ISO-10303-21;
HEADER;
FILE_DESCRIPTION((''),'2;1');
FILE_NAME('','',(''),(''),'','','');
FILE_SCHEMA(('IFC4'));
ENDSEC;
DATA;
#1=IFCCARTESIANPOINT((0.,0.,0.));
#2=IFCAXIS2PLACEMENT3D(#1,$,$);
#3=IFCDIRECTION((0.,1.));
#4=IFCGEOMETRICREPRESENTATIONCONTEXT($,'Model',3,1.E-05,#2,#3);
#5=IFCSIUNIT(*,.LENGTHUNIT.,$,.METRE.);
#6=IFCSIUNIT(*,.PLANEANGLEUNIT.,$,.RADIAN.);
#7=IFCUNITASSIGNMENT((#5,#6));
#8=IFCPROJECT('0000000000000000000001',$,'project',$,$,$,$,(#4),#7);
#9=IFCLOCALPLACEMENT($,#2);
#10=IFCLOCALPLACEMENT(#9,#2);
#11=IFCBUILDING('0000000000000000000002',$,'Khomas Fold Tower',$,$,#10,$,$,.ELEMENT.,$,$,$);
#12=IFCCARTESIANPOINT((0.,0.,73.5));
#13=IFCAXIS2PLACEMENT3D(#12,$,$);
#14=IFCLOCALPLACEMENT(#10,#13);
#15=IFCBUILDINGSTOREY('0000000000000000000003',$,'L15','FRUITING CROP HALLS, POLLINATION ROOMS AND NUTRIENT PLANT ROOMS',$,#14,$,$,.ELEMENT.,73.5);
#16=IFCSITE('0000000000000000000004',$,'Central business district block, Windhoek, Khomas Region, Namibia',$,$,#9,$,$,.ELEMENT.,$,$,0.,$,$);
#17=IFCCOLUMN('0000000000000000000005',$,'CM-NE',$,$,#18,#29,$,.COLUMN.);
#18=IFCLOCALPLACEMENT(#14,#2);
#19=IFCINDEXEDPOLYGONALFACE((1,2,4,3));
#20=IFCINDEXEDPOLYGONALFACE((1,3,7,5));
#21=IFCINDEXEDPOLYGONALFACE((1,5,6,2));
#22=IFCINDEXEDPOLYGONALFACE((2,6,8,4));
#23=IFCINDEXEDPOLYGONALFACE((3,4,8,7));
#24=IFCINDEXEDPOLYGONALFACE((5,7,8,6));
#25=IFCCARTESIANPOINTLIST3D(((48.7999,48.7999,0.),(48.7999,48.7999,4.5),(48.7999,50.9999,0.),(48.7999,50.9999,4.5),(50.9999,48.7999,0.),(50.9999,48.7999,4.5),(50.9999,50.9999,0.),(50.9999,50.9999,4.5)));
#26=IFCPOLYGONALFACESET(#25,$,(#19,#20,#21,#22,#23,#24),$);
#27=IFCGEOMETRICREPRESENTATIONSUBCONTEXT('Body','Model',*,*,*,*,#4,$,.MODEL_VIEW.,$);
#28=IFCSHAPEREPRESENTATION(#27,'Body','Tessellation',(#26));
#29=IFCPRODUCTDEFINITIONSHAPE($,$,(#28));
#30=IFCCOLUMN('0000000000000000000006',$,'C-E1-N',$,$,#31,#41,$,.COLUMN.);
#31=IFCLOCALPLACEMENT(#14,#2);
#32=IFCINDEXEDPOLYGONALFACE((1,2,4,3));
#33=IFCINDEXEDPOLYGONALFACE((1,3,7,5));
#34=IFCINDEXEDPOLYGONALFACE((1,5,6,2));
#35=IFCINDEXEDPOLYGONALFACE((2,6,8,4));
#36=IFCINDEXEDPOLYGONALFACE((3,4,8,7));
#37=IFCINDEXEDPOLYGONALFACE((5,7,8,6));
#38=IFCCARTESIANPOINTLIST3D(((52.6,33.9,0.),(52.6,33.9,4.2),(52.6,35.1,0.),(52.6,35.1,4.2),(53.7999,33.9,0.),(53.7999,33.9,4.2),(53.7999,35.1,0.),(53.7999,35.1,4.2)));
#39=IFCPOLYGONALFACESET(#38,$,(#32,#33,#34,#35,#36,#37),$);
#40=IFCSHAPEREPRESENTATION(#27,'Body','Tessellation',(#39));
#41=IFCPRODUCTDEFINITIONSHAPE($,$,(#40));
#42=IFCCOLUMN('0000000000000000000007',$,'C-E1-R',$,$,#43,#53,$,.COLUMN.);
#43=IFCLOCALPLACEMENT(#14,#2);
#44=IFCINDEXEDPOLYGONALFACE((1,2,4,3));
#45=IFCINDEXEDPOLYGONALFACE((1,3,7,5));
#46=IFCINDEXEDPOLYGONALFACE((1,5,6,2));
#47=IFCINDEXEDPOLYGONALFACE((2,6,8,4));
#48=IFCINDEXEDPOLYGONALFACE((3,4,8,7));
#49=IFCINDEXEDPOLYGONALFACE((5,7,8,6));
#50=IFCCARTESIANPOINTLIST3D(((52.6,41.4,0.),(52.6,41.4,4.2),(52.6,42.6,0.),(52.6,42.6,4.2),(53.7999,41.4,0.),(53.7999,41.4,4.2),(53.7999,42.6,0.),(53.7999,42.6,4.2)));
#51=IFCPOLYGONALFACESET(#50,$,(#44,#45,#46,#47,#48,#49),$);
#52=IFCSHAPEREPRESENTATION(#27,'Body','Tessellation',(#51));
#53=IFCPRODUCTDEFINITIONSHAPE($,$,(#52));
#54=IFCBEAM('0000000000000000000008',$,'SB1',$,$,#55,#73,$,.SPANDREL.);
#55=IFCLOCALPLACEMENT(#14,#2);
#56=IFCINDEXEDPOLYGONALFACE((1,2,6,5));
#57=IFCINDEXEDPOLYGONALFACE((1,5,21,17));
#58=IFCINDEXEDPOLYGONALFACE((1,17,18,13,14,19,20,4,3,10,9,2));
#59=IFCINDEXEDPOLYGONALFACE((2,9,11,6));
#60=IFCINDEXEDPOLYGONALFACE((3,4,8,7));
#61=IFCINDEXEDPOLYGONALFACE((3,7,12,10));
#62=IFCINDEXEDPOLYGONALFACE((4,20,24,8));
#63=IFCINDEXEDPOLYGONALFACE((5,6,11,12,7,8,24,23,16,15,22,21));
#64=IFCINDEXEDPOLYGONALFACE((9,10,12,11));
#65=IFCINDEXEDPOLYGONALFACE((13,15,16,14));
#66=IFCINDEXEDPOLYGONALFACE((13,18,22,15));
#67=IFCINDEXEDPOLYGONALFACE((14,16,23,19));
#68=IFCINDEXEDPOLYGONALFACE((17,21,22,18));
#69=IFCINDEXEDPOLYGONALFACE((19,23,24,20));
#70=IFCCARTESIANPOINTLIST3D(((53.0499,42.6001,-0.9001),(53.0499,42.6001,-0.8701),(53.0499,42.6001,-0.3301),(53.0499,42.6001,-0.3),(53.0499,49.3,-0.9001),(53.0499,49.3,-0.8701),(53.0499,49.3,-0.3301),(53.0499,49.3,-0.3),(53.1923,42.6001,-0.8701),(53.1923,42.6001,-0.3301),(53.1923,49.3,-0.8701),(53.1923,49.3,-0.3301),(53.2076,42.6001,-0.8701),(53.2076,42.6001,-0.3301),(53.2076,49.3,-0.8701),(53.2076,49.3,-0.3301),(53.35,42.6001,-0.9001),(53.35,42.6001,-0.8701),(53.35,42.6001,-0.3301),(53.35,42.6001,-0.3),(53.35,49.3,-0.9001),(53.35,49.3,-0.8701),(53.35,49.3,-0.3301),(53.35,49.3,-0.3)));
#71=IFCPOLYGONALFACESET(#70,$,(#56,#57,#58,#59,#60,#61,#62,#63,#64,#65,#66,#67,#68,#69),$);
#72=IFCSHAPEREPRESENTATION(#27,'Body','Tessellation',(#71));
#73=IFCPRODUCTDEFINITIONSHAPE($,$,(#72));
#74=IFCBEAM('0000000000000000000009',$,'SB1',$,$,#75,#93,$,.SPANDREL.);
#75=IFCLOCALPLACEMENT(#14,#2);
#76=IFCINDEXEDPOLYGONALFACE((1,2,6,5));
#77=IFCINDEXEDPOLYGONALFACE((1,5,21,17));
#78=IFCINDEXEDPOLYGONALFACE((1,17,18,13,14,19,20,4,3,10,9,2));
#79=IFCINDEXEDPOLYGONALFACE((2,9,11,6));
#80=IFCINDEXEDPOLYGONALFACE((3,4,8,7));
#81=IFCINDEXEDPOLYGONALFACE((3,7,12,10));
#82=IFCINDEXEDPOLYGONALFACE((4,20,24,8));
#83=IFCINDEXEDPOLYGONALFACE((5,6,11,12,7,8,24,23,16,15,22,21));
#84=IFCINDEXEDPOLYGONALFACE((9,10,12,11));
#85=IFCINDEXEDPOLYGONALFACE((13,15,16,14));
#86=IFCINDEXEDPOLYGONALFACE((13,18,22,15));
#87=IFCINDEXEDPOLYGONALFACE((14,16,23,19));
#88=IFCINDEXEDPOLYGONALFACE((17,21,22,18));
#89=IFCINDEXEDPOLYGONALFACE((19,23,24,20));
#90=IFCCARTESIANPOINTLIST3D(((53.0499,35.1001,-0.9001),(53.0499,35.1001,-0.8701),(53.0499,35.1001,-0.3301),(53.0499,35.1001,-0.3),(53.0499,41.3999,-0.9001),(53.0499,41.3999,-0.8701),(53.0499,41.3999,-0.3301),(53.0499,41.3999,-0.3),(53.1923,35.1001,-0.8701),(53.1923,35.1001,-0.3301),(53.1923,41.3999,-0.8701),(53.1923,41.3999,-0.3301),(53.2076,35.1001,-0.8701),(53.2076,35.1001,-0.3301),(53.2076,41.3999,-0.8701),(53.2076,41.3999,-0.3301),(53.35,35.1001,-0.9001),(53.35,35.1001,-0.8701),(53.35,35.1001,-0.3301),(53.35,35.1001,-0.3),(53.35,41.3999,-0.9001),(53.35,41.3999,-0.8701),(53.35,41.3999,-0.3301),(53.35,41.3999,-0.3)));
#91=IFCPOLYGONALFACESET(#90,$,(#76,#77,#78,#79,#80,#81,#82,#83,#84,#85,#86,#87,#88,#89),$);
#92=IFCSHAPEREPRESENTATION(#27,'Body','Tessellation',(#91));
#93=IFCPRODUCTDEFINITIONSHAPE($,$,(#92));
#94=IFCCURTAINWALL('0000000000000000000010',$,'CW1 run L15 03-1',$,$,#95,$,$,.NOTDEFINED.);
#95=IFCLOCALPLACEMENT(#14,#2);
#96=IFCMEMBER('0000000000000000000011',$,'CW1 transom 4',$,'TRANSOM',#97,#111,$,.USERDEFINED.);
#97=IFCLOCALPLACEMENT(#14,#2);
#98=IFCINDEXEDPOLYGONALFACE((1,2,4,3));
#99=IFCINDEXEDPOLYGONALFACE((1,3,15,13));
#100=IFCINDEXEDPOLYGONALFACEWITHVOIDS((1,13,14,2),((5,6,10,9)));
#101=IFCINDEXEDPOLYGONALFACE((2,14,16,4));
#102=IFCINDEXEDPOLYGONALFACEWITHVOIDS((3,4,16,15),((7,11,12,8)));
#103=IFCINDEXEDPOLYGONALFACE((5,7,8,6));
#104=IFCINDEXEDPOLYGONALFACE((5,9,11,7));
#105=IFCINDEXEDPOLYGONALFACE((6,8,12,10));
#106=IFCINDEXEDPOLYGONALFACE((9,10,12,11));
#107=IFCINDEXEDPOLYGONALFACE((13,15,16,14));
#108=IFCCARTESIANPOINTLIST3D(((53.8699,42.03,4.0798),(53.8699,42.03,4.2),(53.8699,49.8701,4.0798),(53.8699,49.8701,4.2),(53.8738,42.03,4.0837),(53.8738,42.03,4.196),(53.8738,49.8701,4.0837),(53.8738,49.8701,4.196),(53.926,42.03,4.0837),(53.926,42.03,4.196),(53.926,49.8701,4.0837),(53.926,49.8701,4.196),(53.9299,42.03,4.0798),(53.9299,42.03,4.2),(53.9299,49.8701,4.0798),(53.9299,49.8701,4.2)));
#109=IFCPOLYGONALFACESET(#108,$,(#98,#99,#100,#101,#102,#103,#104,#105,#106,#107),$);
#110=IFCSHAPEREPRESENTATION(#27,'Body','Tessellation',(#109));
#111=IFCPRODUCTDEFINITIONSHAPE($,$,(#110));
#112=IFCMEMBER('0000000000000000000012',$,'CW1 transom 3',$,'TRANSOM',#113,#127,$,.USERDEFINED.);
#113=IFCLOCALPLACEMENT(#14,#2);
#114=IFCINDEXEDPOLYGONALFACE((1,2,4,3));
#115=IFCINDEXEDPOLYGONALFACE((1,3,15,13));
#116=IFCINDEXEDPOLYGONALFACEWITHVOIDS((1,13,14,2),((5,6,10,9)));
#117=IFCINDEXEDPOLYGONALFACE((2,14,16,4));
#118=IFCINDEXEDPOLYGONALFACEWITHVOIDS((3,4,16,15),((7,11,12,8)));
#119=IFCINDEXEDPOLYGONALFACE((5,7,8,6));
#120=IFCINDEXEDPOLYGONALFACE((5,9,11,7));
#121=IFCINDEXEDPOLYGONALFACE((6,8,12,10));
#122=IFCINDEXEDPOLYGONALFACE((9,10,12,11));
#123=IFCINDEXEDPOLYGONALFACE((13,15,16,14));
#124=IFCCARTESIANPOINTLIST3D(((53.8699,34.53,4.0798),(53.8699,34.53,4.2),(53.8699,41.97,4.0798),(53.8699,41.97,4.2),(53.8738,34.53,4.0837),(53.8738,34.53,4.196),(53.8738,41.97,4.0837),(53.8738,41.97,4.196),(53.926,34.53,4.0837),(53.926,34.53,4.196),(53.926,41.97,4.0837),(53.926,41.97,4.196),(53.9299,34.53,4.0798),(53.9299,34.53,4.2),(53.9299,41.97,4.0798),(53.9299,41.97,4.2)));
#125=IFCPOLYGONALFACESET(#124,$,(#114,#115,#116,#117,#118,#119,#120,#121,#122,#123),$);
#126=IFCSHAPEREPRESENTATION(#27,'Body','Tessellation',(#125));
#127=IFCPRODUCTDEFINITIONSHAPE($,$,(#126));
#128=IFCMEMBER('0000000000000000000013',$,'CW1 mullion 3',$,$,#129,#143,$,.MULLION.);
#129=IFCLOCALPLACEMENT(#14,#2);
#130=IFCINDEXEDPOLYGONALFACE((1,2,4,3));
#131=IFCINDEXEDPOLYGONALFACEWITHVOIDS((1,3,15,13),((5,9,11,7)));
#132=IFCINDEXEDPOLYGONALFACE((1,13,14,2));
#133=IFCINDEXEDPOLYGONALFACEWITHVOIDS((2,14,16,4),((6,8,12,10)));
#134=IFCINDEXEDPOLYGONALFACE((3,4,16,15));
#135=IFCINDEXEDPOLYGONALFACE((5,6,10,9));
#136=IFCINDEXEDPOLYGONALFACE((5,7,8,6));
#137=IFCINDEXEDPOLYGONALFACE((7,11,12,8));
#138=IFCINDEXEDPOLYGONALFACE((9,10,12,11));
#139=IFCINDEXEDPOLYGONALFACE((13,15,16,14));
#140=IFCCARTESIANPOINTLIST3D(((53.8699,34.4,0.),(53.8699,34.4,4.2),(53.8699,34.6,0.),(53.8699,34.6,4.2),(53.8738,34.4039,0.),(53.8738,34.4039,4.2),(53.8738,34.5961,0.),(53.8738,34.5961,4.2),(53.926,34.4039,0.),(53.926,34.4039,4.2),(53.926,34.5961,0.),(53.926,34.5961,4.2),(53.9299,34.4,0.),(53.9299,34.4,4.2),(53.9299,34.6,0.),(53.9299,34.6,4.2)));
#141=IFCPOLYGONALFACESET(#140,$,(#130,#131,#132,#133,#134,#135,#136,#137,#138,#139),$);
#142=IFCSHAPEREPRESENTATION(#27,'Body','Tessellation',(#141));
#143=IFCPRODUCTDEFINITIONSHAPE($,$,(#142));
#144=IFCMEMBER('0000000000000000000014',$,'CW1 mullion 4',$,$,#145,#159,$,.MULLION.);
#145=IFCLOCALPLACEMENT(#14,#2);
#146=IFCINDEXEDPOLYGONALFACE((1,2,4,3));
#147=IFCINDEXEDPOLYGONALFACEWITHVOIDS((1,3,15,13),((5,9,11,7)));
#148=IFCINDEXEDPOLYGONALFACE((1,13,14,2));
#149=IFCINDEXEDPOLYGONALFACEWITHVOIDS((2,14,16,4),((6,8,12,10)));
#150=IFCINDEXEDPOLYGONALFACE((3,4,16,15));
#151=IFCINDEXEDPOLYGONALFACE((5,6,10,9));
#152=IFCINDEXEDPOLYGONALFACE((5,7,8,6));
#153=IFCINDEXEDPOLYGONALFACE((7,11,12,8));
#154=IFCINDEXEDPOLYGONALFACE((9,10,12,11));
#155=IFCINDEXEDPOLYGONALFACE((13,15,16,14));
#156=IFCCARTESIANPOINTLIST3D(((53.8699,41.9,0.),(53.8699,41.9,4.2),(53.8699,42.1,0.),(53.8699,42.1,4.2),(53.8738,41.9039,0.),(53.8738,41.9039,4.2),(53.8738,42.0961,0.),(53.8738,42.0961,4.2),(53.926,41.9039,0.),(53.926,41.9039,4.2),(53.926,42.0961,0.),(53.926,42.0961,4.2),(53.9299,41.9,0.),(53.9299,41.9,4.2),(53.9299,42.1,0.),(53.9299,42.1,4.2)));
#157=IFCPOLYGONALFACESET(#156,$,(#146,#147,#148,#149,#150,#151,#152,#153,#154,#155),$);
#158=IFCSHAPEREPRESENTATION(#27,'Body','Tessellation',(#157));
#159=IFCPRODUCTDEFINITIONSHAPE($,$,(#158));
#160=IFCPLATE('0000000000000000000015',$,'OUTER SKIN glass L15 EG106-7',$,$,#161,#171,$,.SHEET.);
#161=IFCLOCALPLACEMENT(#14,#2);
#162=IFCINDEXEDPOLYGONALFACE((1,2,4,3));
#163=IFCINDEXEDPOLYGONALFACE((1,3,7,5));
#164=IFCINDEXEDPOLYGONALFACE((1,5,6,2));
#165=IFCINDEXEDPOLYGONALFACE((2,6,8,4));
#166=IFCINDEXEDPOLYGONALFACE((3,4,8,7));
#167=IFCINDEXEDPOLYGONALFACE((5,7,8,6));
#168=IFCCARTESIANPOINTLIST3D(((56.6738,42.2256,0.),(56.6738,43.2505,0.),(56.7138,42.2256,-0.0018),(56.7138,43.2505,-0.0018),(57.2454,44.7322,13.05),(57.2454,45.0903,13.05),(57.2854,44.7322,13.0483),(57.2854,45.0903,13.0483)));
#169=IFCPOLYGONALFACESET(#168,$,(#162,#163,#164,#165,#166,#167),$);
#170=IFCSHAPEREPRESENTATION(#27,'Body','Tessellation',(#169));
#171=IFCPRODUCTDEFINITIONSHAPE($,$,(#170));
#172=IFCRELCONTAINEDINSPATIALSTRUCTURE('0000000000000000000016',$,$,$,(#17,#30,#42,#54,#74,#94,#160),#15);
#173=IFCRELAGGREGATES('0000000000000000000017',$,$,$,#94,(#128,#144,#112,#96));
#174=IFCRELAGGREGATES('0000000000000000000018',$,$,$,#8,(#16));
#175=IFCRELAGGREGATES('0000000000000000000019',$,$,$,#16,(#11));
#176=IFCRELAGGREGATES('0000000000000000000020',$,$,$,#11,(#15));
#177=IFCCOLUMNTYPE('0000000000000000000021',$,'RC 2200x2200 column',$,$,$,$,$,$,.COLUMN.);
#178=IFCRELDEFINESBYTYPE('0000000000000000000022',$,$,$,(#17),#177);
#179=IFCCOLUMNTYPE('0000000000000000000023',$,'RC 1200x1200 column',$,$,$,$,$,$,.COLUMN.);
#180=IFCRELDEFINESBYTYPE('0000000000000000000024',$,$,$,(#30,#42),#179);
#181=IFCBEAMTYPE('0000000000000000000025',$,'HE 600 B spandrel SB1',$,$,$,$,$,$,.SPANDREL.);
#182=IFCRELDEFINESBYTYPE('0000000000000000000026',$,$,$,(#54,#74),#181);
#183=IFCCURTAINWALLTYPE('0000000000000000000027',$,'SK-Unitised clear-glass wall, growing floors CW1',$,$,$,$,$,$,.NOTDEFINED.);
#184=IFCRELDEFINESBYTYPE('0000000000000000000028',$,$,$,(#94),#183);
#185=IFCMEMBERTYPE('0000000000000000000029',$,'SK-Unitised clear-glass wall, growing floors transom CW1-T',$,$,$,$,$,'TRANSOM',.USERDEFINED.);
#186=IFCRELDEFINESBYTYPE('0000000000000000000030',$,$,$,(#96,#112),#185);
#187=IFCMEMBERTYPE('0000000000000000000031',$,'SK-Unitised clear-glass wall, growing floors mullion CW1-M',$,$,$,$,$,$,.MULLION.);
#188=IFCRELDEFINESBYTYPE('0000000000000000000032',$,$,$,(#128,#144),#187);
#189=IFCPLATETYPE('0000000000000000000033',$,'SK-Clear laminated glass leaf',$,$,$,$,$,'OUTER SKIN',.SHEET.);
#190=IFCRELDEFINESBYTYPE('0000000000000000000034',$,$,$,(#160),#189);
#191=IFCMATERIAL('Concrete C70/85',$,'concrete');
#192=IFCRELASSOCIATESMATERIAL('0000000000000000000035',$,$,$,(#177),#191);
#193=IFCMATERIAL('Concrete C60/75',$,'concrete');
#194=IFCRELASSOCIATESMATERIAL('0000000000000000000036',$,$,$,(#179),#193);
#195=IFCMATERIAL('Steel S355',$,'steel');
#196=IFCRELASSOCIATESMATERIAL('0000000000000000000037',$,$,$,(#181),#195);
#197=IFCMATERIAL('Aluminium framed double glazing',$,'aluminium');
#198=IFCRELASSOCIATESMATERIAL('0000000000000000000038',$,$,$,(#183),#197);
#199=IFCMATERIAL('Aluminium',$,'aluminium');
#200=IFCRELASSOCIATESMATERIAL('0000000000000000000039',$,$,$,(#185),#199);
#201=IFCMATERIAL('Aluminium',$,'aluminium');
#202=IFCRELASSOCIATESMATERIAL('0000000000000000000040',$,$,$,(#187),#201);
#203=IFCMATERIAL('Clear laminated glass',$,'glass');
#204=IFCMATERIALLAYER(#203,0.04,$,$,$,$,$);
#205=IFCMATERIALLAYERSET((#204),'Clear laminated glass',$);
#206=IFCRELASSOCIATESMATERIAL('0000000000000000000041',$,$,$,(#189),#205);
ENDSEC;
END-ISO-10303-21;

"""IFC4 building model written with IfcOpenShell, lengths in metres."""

from ifc_helpers import new_model, si_unit, direction, frame, origin, origin_2d, place, context, subcontext, project, spatial, polyline, rectangle, hollow_rectangle, i_section, outline, extrude, source, transform, mapped, material, layer, layer_set, material_profile, profile_set, type_object, element, aggregate, save


model = new_model("IFC4")

# Units and contexts
model_context = context("Model", 3, precision=1e-05, world=origin(), true_north=direction((0.0, 1.0)))
body_context = subcontext(model_context, "Body", "Model", "MODEL_VIEW")
ifc_project = project(units=[si_unit("LENGTHUNIT", "METRE"), si_unit("PLANEANGLEUNIT", "RADIAN")], contexts=[model_context])

# Site, building, storey
site_placement = place(None, origin())
site = spatial("IfcSite", under=ifc_project, at=site_placement, Name="Central business district block, Windhoek, Khomas Region, Namibia", CompositionType="ELEMENT", RefElevation=0.0)
building_placement = place(site_placement, origin())
building = spatial("IfcBuilding", under=site, at=building_placement, Name="Khomas Fold Tower", CompositionType="ELEMENT")
storey_placement = place(building_placement, frame((0.0, 0.0, 73.5)))
storey = spatial("IfcBuildingStorey", under=building, at=storey_placement, Name="L15", Description="FRUITING CROP HALLS, POLLINATION ROOMS AND NUTRIENT PLANT ROOMS", CompositionType="ELEMENT", Elevation=73.5)

# Columns
ifc_material_1 = material(Name="Concrete C70/85", Category="concrete")
ifc_material_profile_1 = material_profile(ifc_material_1, rectangle(XDim=2.2, YDim=2.2, at=origin_2d()), Name="RC 2200x2200")
ifc_profile_set_1 = profile_set([ifc_material_profile_1], Name="Concrete C70/85")
column_type_1 = type_object("IfcColumnType", Name="RC 2200x2200 column", PredefinedType="COLUMN", material=ifc_profile_set_1)
shared_shape_1 = source(origin(), body_context, "Body", "SweptSolid", [
    extrude(rectangle(XDim=2.2, YDim=2.2, at=origin_2d()), origin(), (0.0, 0.0, 1.0), 4.5),
])
column_placement = place(storey_placement, frame((49.8999, 49.8999, 0.0), z_axis=(0.0, 0.0, 1.0), x_axis=(1.0, 0.0, 0.0)))
element("IfcColumn", 1, at=column_placement, inside=storey, type_object=column_type_1, Name="CM-NE", PredefinedType="COLUMN", context=body_context, shape_type="MappedRepresentation", body=[
    mapped(shared_shape_1, transform((0.0, 0.0, 0.0))),
])
ifc_material_2 = material(Name="Concrete C60/75", Category="concrete")
ifc_material_profile_2 = material_profile(ifc_material_2, rectangle(XDim=1.2, YDim=1.2, at=origin_2d()), Name="RC 1200x1200")
ifc_profile_set_2 = profile_set([ifc_material_profile_2], Name="Concrete C60/75")
column_type_2 = type_object("IfcColumnType", Name="RC 1200x1200 column", PredefinedType="COLUMN", material=ifc_profile_set_2)
shared_shape_2 = source(origin(), body_context, "Body", "SweptSolid", [
    extrude(rectangle(XDim=1.2, YDim=1.2, at=origin_2d()), origin(), (0.0, 0.0, 1.0), 4.2),
])
for number, where, z_axis, x_axis, name in (
    (2, (53.2, 34.5, 0.0), (0.0, 0.0, 1.0), (1.0, 0.0, 0.0), "C-E1-N"),
    (3, (53.2, 42.0, 0.0), (0.0, 0.0, 1.0), (1.0, 0.0, 0.0), "C-E1-R"),
):
    element("IfcColumn", number, at=place(storey_placement, frame(where, z_axis=z_axis, x_axis=x_axis)), inside=storey, type_object=column_type_2, Name=name, PredefinedType="COLUMN", context=body_context, shape_type="MappedRepresentation", body=[
        mapped(shared_shape_2, transform((0.0, 0.0, 0.0))),
    ])

# Beams
ifc_material_3 = material(Name="Steel S355", Category="steel")
ifc_material_profile_3 = material_profile(ifc_material_3, i_section(OverallWidth=0.3, OverallDepth=0.6001, WebThickness=0.0154, FlangeThickness=0.03, at=origin_2d()), Name="HE 600 B")
ifc_profile_set_3 = profile_set([ifc_material_profile_3], Name="Steel S355")
beam_type = type_object("IfcBeamType", Name="HE 600 B spandrel SB1", PredefinedType="SPANDREL", material=ifc_profile_set_3)
shared_shape_3 = source(origin(), body_context, "Body", "SweptSolid", [
    extrude(i_section(OverallWidth=0.3, OverallDepth=0.6001, WebThickness=0.0154, FlangeThickness=0.03, at=origin_2d()), origin(), (0.0, 0.0, 1.0), 6.7),
])
beam_1_placement = place(storey_placement, frame((53.2, 42.6001, -0.6001), z_axis=(0.0, 1.0, 0.0), x_axis=(-1.0, 0.0, 0.0)))
element("IfcBeam", 4, at=beam_1_placement, inside=storey, type_object=beam_type, Name="SB1", PredefinedType="SPANDREL", context=body_context, shape_type="MappedRepresentation", body=[
    mapped(shared_shape_3, transform((0.0, 0.0, 0.0))),
])
shared_shape_4 = source(origin(), body_context, "Body", "SweptSolid", [
    extrude(i_section(OverallWidth=0.3, OverallDepth=0.6001, WebThickness=0.0154, FlangeThickness=0.03, at=origin_2d()), origin(), (0.0, 0.0, 1.0), 6.2998),
])
beam_2_placement = place(storey_placement, frame((53.2, 35.1001, -0.6001), z_axis=(0.0, 1.0, 0.0), x_axis=(-1.0, 0.0, 0.0)))
element("IfcBeam", 5, at=beam_2_placement, inside=storey, type_object=beam_type, Name="SB1", PredefinedType="SPANDREL", context=body_context, shape_type="MappedRepresentation", body=[
    mapped(shared_shape_4, transform((0.0, 0.0, 0.0))),
])

# Curtain wall, members
ifc_material_4 = material(Name="Aluminium framed double glazing", Category="aluminium")
curtain_wall_type = type_object("IfcCurtainWallType", Name="SK-Unitised clear-glass wall, growing floors CW1", PredefinedType="NOTDEFINED", material=ifc_material_4)
curtain_wall_placement = place(storey_placement, origin())
curtain_wall = element("IfcCurtainWall", 6, at=curtain_wall_placement, inside=storey, type_object=curtain_wall_type, Name="CW1 run L15 03-1", PredefinedType="NOTDEFINED")
ifc_material_5 = material(Name="Aluminium", Category="aluminium")
ifc_material_profile_4 = material_profile(ifc_material_5, hollow_rectangle(XDim=0.0601, YDim=0.1201, WallThickness=0.0039, at=origin_2d()), Name="SK-Unitised clear-glass wall, growing floors transom CW1-T")
ifc_profile_set_4 = profile_set([ifc_material_profile_4], Name="Aluminium")
member_type_1 = type_object("IfcMemberType", Name="SK-Unitised clear-glass wall, growing floors transom CW1-T", ElementType="TRANSOM", PredefinedType="USERDEFINED", material=ifc_profile_set_4)
shared_shape_5 = source(origin(), body_context, "Body", "SweptSolid", [
    extrude(hollow_rectangle(XDim=0.0601, YDim=0.1201, WallThickness=0.0039, at=origin_2d()), origin(), (0.0, 0.0, 1.0), 7.8401),
])
member_1_placement = place(storey_placement, frame((53.8999, 42.03, 4.1399), z_axis=(0.0, 1.0, 0.0), x_axis=(-1.0, 0.0, 0.0)))
member_1 = element("IfcMember", 7, at=member_1_placement, type_object=member_type_1, Name="CW1 transom 4", ObjectType="TRANSOM", PredefinedType="USERDEFINED", context=body_context, shape_type="MappedRepresentation", body=[
    mapped(shared_shape_5, transform((0.0, 0.0, 0.0))),
])
shared_shape_6 = source(origin(), body_context, "Body", "SweptSolid", [
    extrude(hollow_rectangle(XDim=0.0601, YDim=0.1201, WallThickness=0.0039, at=origin_2d()), origin(), (0.0, 0.0, 1.0), 7.4399),
])
member_2_placement = place(storey_placement, frame((53.8999, 34.53, 4.1399), z_axis=(0.0, 1.0, 0.0), x_axis=(-1.0, 0.0, 0.0)))
member_2 = element("IfcMember", 8, at=member_2_placement, type_object=member_type_1, Name="CW1 transom 3", ObjectType="TRANSOM", PredefinedType="USERDEFINED", context=body_context, shape_type="MappedRepresentation", body=[
    mapped(shared_shape_6, transform((0.0, 0.0, 0.0))),
])
ifc_material_6 = material(Name="Aluminium", Category="aluminium")
ifc_material_profile_5 = material_profile(ifc_material_6, hollow_rectangle(XDim=0.0601, YDim=0.2, WallThickness=0.0039, at=origin_2d()), Name="SK-Unitised clear-glass wall, growing floors mullion CW1-M")
ifc_profile_set_5 = profile_set([ifc_material_profile_5], Name="Aluminium")
member_type_2 = type_object("IfcMemberType", Name="SK-Unitised clear-glass wall, growing floors mullion CW1-M", PredefinedType="MULLION", material=ifc_profile_set_5)
shared_shape_7 = source(origin(), body_context, "Body", "SweptSolid", [
    extrude(hollow_rectangle(XDim=0.0601, YDim=0.2, WallThickness=0.0039, at=origin_2d()), origin(), (0.0, 0.0, 1.0), 4.2),
])
member_3_placement = place(storey_placement, frame((53.8999, 34.5, 0.0), z_axis=(0.0, 0.0, 1.0), x_axis=(-1.0, 0.0, 0.0)))
member_3 = element("IfcMember", 9, at=member_3_placement, type_object=member_type_2, Name="CW1 mullion 3", PredefinedType="MULLION", context=body_context, shape_type="MappedRepresentation", body=[
    mapped(shared_shape_7, transform((0.0, 0.0, 0.0))),
])
member_4_placement = place(storey_placement, frame((53.8999, 42.0, 0.0), z_axis=(0.0, 0.0, 1.0), x_axis=(-1.0, 0.0, 0.0)))
member_4 = element("IfcMember", 10, at=member_4_placement, type_object=member_type_2, Name="CW1 mullion 4", PredefinedType="MULLION", context=body_context, shape_type="MappedRepresentation", body=[
    mapped(shared_shape_7, transform((0.0, 0.0, 0.0))),
])

# Plate
ifc_material_7 = material(Name="Clear laminated glass", Category="glass")
ifc_layer_1 = layer(ifc_material_7, 0.04)
ifc_layer_set_1 = layer_set([ifc_layer_1], Name="Clear laminated glass")
plate_type_1 = type_object("IfcPlateType", Name="SK-Clear laminated glass leaf", ElementType="OUTER SKIN", PredefinedType="SHEET", material=ifc_layer_set_1)
plate_1_placement = place(storey_placement, frame((57.2454, 44.7322, 13.05), z_axis=(-0.999042, 0.0, 0.043754), x_axis=(0.0, 1.0, 0.0)))
element("IfcPlate", 11, at=plate_1_placement, inside=storey, type_object=plate_type_1, Name="OUTER SKIN glass L15 EG106-7", PredefinedType="SHEET", context=body_context, shape_type="SweptSolid", body=[
    extrude(outline(polyline([(0.0, 0.0), (0.3582, 0.0), (-1.4817, 13.0626), (-2.5066, 13.0626), (0.0, 0.0)])), origin(), (0.0, 0.0, -1.0), 0.04),
])

aggregate(curtain_wall, [member_3, member_4, member_2, member_1])

save(model, "model.ifc")
